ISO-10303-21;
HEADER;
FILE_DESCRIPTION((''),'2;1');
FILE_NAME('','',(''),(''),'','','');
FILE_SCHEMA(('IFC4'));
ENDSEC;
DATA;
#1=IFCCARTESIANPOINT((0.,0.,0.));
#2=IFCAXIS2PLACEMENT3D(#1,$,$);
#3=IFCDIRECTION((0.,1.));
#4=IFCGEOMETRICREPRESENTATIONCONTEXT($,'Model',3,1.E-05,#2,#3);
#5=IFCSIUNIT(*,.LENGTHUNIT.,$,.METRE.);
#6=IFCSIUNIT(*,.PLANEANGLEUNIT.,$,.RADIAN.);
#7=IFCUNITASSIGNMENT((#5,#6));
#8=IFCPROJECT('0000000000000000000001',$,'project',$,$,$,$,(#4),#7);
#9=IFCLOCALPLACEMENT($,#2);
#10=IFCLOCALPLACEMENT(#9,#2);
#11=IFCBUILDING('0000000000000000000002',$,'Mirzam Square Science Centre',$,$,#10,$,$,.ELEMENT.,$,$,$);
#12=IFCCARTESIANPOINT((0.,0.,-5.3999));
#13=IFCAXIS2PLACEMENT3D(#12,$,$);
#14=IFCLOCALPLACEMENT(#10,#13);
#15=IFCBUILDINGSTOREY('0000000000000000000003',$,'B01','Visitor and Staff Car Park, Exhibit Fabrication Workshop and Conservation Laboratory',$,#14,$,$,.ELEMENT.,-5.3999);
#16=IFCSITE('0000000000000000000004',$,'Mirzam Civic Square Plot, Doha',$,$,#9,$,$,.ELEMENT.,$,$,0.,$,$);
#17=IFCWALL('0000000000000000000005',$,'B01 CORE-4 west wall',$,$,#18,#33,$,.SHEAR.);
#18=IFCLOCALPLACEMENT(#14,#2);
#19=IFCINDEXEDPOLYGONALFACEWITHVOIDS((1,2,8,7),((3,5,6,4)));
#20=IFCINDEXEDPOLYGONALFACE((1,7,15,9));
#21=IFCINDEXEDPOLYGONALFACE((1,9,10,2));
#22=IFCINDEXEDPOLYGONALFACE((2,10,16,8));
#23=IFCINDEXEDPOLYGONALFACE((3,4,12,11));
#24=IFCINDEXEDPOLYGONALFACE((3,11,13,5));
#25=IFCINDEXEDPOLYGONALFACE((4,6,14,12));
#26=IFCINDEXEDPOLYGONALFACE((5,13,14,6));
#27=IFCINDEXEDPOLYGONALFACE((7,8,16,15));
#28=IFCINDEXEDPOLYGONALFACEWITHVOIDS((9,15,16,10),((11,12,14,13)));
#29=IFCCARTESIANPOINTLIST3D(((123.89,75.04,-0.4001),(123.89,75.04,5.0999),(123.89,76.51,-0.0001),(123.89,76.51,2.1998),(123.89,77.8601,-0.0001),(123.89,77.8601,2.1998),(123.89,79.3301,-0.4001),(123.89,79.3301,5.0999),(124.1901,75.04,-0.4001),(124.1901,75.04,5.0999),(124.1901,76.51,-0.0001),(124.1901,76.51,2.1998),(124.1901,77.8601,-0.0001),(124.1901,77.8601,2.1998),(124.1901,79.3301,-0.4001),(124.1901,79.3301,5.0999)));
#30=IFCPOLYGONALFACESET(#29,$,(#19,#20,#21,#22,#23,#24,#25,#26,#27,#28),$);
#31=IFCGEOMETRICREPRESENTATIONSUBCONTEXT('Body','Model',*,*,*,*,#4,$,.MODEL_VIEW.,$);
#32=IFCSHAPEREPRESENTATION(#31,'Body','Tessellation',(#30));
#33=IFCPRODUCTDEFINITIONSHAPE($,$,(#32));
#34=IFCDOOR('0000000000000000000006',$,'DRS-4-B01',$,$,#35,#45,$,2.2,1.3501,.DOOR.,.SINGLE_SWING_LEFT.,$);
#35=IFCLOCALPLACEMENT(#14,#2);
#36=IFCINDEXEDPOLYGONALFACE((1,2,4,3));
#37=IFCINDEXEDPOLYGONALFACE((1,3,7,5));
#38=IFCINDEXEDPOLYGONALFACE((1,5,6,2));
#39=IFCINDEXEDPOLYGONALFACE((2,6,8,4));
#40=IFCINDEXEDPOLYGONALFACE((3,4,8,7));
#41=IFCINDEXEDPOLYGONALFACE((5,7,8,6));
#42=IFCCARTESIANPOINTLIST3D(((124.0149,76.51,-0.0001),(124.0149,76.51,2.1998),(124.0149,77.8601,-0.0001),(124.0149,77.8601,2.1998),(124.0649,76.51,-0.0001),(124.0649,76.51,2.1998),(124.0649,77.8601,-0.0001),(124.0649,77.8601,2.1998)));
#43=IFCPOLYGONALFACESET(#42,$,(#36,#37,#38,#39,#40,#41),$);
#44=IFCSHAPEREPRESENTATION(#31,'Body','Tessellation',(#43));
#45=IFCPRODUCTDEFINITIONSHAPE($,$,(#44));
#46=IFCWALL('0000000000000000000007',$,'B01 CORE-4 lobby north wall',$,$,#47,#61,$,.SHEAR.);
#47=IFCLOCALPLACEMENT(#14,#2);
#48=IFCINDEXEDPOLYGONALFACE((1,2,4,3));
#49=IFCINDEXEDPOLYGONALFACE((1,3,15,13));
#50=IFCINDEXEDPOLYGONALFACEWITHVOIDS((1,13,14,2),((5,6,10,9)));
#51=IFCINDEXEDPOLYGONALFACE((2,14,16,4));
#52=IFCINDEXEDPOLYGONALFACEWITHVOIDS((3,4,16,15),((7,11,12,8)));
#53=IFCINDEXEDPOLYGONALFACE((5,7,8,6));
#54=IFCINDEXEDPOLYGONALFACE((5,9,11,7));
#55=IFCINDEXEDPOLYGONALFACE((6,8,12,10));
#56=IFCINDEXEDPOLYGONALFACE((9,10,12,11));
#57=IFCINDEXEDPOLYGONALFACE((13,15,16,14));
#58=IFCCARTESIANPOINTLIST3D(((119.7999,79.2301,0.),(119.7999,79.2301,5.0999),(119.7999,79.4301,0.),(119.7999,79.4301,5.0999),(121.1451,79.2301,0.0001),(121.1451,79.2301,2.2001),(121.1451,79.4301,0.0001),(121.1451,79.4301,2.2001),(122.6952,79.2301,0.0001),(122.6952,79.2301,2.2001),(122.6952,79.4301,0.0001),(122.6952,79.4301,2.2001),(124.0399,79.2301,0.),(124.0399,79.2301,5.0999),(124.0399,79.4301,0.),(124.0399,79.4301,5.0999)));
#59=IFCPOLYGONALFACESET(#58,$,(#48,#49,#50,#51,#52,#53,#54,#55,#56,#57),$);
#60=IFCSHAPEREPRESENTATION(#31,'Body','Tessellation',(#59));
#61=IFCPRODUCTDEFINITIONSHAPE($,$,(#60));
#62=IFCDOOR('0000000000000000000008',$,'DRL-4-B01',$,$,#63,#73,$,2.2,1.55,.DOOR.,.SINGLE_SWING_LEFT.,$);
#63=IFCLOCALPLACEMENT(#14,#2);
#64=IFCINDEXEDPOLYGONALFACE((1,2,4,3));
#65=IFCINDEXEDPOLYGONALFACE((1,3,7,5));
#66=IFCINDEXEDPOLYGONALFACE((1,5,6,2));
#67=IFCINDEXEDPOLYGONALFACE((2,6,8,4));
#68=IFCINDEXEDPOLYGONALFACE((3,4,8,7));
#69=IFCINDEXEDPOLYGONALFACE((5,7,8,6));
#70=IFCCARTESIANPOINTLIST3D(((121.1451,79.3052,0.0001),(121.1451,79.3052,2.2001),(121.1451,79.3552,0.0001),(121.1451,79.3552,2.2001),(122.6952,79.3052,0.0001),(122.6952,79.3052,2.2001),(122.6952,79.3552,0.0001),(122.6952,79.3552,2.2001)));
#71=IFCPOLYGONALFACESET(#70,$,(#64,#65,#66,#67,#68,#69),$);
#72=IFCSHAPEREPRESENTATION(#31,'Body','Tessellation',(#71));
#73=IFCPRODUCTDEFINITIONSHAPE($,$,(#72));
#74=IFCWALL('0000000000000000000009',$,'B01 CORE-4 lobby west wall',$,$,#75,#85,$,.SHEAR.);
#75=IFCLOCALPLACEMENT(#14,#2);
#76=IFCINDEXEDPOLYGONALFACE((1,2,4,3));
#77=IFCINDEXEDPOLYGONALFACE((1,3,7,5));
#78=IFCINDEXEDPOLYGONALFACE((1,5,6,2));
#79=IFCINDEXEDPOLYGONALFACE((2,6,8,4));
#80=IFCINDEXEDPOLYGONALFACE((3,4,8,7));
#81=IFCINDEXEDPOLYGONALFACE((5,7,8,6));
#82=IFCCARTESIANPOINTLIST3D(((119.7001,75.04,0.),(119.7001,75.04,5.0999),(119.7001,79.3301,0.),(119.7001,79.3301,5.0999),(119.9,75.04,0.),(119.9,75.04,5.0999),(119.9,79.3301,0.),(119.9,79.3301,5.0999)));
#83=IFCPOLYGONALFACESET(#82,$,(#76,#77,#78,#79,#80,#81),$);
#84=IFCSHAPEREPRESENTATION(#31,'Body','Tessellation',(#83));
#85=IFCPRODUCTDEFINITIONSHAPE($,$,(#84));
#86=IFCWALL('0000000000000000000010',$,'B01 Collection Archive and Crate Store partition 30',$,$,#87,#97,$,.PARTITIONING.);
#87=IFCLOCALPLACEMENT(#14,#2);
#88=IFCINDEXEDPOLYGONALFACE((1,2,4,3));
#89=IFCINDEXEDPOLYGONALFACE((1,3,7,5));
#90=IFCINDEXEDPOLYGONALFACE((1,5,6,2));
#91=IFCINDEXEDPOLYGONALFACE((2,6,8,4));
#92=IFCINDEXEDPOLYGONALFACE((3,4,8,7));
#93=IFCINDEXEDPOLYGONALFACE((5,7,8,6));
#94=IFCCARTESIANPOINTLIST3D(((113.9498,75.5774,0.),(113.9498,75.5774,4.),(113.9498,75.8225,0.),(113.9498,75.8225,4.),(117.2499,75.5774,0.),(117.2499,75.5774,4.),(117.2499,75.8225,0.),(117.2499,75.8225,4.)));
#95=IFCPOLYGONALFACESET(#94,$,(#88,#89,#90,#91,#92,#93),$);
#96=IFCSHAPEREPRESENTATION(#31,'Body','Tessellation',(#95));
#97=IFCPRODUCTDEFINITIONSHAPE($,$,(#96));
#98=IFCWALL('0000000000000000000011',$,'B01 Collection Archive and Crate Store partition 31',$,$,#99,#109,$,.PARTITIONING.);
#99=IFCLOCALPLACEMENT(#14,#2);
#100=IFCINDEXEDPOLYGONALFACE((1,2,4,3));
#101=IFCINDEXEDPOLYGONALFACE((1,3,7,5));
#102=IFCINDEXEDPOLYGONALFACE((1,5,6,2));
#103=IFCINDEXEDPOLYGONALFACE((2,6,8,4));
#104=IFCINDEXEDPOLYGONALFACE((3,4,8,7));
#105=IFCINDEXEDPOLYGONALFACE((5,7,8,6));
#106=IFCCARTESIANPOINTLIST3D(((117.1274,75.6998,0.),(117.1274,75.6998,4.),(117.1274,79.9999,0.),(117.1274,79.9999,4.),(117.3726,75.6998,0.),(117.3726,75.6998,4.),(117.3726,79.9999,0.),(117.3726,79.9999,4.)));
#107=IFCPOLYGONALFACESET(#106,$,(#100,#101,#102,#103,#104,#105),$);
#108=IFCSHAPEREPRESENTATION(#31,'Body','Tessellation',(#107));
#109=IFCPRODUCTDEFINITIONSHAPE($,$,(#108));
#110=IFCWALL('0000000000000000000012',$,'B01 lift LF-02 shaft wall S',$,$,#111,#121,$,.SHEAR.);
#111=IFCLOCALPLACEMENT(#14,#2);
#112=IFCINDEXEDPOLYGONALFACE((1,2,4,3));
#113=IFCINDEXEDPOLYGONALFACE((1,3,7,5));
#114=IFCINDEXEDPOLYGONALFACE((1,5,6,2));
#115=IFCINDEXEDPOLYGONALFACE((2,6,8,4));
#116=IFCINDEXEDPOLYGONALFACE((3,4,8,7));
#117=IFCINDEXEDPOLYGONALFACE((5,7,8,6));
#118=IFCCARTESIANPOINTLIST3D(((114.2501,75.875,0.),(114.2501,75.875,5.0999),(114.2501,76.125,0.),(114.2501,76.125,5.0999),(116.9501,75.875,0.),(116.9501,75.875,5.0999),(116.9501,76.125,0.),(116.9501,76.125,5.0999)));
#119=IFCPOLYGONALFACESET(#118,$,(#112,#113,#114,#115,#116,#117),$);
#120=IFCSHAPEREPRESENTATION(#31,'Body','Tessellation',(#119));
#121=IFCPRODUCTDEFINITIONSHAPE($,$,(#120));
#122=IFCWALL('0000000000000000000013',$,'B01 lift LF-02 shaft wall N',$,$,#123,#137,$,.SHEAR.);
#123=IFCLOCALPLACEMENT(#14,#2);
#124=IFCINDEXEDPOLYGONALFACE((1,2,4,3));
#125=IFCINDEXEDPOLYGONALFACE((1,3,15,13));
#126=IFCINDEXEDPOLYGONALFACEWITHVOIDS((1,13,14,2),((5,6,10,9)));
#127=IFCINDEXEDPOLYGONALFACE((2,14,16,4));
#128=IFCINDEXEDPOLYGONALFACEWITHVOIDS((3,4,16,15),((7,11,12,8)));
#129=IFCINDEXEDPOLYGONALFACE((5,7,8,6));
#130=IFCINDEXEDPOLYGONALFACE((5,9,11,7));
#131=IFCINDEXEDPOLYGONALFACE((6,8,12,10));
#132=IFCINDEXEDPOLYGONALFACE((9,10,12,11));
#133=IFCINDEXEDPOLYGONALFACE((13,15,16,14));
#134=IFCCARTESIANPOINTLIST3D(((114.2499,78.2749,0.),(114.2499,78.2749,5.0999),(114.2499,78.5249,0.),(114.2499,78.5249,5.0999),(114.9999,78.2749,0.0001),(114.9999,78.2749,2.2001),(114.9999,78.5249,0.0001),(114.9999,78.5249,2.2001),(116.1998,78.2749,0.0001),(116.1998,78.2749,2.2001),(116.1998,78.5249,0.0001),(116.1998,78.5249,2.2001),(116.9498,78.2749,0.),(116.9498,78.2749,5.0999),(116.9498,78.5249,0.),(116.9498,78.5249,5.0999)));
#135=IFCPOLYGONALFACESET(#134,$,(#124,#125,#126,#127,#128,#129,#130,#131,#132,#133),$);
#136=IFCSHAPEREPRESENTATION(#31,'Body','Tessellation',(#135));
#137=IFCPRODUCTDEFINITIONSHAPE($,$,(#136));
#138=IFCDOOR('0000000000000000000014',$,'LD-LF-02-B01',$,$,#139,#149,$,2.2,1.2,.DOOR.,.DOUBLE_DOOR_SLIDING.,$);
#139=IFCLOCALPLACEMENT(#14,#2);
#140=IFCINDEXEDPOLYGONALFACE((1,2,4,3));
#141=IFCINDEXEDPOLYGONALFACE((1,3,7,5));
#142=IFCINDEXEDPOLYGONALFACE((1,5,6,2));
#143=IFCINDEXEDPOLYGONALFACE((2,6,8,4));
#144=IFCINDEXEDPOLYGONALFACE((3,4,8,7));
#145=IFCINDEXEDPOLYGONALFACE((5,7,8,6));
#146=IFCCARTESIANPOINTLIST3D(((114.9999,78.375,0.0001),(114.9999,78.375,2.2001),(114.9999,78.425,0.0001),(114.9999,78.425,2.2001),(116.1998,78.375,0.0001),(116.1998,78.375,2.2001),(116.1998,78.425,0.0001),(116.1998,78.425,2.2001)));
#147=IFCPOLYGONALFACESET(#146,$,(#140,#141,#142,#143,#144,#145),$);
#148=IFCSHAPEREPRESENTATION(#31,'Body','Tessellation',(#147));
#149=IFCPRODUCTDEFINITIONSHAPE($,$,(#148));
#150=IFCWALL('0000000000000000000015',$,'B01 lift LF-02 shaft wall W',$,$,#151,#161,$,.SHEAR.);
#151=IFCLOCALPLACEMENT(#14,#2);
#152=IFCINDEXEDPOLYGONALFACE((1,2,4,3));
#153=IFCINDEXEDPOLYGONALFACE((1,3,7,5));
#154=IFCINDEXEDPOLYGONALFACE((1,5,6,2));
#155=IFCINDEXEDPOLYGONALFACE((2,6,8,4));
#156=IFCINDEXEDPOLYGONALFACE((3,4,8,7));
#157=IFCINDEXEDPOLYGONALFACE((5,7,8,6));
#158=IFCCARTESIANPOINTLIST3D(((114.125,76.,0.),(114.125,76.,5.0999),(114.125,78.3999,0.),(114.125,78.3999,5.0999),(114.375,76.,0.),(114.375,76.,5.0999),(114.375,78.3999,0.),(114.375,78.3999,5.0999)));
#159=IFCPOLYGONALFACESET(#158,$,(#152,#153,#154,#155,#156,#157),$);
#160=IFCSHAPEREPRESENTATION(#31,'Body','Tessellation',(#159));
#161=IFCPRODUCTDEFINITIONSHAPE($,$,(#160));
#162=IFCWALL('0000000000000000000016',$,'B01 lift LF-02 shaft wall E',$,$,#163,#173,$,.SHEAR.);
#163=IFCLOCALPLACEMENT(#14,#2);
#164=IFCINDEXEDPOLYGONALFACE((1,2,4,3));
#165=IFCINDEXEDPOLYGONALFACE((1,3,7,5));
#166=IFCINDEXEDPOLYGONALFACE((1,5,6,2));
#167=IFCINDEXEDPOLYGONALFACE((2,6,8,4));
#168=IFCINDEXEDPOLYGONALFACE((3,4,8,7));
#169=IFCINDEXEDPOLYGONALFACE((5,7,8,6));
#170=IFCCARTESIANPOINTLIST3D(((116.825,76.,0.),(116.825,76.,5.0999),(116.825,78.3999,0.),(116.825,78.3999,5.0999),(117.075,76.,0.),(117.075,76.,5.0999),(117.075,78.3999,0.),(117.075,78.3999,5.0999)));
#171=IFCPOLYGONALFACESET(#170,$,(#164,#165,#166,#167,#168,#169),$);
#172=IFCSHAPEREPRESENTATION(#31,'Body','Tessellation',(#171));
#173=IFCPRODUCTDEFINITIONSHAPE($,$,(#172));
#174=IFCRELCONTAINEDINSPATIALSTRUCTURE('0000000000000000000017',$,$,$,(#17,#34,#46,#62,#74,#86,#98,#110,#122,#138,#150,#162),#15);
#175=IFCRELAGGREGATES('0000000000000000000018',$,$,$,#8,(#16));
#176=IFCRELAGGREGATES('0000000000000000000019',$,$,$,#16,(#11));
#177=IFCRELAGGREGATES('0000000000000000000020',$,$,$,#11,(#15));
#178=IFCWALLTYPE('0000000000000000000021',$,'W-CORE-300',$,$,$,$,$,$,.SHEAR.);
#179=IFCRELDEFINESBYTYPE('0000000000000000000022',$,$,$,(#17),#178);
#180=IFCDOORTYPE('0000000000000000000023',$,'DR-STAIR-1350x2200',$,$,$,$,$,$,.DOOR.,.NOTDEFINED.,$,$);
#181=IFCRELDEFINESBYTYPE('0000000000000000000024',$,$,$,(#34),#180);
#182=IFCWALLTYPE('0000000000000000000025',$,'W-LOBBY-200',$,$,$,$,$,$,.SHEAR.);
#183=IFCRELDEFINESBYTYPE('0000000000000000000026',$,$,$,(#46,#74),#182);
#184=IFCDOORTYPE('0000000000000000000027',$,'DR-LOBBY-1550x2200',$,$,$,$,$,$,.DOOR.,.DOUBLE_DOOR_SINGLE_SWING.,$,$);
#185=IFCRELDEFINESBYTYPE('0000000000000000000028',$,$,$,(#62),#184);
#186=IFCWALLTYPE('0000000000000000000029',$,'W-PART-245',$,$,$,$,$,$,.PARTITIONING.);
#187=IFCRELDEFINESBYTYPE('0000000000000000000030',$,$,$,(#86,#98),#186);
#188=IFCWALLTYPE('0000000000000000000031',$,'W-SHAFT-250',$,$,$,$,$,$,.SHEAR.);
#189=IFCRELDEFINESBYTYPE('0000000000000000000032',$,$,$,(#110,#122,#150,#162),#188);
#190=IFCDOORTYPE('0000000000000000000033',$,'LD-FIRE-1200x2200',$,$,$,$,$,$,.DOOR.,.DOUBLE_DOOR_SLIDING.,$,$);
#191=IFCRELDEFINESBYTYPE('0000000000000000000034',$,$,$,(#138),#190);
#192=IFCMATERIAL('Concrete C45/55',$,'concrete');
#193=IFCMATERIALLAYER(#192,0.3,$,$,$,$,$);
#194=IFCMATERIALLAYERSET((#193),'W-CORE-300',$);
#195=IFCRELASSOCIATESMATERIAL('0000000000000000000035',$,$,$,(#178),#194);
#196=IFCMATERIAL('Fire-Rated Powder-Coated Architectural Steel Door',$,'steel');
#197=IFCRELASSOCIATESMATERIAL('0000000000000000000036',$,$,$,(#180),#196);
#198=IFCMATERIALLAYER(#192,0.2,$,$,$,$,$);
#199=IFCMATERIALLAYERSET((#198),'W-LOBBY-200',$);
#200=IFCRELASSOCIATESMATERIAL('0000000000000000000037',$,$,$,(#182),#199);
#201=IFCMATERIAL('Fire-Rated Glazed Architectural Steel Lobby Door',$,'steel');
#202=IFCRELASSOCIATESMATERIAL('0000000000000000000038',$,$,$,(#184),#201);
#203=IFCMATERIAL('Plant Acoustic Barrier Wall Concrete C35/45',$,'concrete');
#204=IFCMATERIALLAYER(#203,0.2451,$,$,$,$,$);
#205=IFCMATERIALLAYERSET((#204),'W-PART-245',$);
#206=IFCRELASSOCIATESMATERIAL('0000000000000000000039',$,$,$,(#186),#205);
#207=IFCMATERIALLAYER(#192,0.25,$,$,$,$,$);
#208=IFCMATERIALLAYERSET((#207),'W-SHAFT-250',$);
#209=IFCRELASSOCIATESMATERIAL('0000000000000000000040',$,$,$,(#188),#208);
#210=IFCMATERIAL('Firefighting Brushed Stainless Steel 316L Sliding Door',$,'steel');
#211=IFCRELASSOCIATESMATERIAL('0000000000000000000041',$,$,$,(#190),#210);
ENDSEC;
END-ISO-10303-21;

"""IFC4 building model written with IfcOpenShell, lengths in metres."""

from ifc_helpers import new_model, si_unit, direction, frame, frame_2d, origin, place, context, subcontext, project, spatial, rectangle, extrude, material, layer, layer_set, type_object, element, fill, save


model = new_model("IFC4")

# Units and contexts
model_context = context("Model", 3, precision=1e-05, world=origin(), true_north=direction((0.0, 1.0)))
body_context = subcontext(model_context, "Body", "Model", "MODEL_VIEW")
ifc_project = project(units=[si_unit("LENGTHUNIT", "METRE"), si_unit("PLANEANGLEUNIT", "RADIAN")], contexts=[model_context])

# Site, building, storey
site_placement = place(None, origin())
site = spatial("IfcSite", under=ifc_project, at=site_placement, Name="Mirzam Civic Square Plot, Doha", CompositionType="ELEMENT", RefElevation=0.0)
building_placement = place(site_placement, origin())
building = spatial("IfcBuilding", under=site, at=building_placement, Name="Mirzam Square Science Centre", CompositionType="ELEMENT")
storey_placement = place(building_placement, frame((0.0, 0.0, -5.3999)))
storey = spatial("IfcBuildingStorey", under=building, at=storey_placement, Name="B01", Description="Visitor and Staff Car Park, Exhibit Fabrication Workshop and Conservation Laboratory", CompositionType="ELEMENT", Elevation=-5.3999)

# Shared definitions
ifc_material_1 = material(Name="Concrete C45/55", Category="concrete")

# Walls, openings, doors
ifc_layer_1 = layer(ifc_material_1, 0.3)
ifc_layer_set_1 = layer_set([ifc_layer_1], Name="W-CORE-300")
wall_type_1 = type_object("IfcWallType", Name="W-CORE-300", PredefinedType="SHEAR", material=ifc_layer_set_1)
wall_1_placement = place(storey_placement, frame((124.04, 79.3301, -0.4001), z_axis=(0.0, 0.0, 1.0), x_axis=(0.0, -1.0, 0.0)))
wall_1 = element("IfcWall", 1, at=wall_1_placement, inside=storey, type_object=wall_type_1, Name="B01 CORE-4 west wall", PredefinedType="SHEAR", context=body_context, shape_type="SweptSolid", body=[
    extrude(rectangle(XDim=4.29, YDim=0.3, at=frame_2d((2.145, 0.0))), origin(), (0.0, 0.0, 1.0), 5.5),
])
opening_1_placement = place(wall_1_placement, frame((1.47, 0.0, 0.3999)))
opening_1 = element("IfcOpeningElement", 2, at=opening_1_placement, cuts=wall_1, PredefinedType="OPENING", context=body_context, shape_type="SweptSolid", body=[
    extrude(rectangle(XDim=1.3501, YDim=2.2, at=frame_2d((0.675, 1.1001))), frame((0.0, 0.1599, 0.0), z_axis=(0.0, -1.0, 0.0), x_axis=(1.0, 0.0, 0.0)), (0.0, 0.0, 1.0), 0.3201),
])
ifc_material_2 = material(Name="Fire-Rated Powder-Coated Architectural Steel Door", Category="steel")
door_type_1 = type_object("IfcDoorType", Name="DR-STAIR-1350x2200", OperationType="NOTDEFINED", PredefinedType="DOOR", material=ifc_material_2)
door_1_placement = place(opening_1_placement, origin())
door_1 = element("IfcDoor", 3, at=door_1_placement, inside=storey, type_object=door_type_1, Name="DRS-4-B01", OperationType="SINGLE_SWING_LEFT", OverallHeight=2.2, OverallWidth=1.3501, PredefinedType="DOOR", context=body_context, shape_type="SweptSolid", body=[
    extrude(rectangle(XDim=1.3501, YDim=2.2, at=frame_2d((0.675, 1.1001))), frame((0.0, 0.0249, 0.0), z_axis=(0.0, -1.0, 0.0), x_axis=(1.0, 0.0, 0.0)), (0.0, 0.0, 1.0), 0.05),
])
fill(opening_1, door_1)
ifc_layer_2 = layer(ifc_material_1, 0.2)
ifc_layer_set_2 = layer_set([ifc_layer_2], Name="W-LOBBY-200")
wall_type_2 = type_object("IfcWallType", Name="W-LOBBY-200", PredefinedType="SHEAR", material=ifc_layer_set_2)
wall_2_placement = place(storey_placement, frame((124.04, 79.3301, 0.0), z_axis=(0.0, 0.0, 1.0), x_axis=(-1.0, 0.0, 0.0)))
wall_2 = element("IfcWall", 4, at=wall_2_placement, inside=storey, type_object=wall_type_2, Name="B01 CORE-4 lobby north wall", PredefinedType="SHEAR", context=body_context, shape_type="SweptSolid", body=[
    extrude(rectangle(XDim=4.24, YDim=0.2, at=frame_2d((2.1201, 0.0))), origin(), (0.0, 0.0, 1.0), 5.0999),
])
opening_2_placement = place(wall_2_placement, frame((1.345, 0.0, 0.0)))
opening_2 = element("IfcOpeningElement", 5, at=opening_2_placement, cuts=wall_2, PredefinedType="OPENING", context=body_context, shape_type="SweptSolid", body=[
    extrude(rectangle(XDim=1.55, YDim=2.2, at=frame_2d((0.7749, 1.1001))), frame((0.0, 0.1099, 0.0), z_axis=(0.0, -1.0, 0.0), x_axis=(1.0, 0.0, 0.0)), (0.0, 0.0, 1.0), 0.22),
])
ifc_material_3 = material(Name="Fire-Rated Glazed Architectural Steel Lobby Door", Category="steel")
door_type_2 = type_object("IfcDoorType", Name="DR-LOBBY-1550x2200", OperationType="DOUBLE_DOOR_SINGLE_SWING", PredefinedType="DOOR", material=ifc_material_3)
door_2_placement = place(opening_2_placement, origin())
door_2 = element("IfcDoor", 6, at=door_2_placement, inside=storey, type_object=door_type_2, Name="DRL-4-B01", OperationType="SINGLE_SWING_LEFT", OverallHeight=2.2, OverallWidth=1.55, PredefinedType="DOOR", context=body_context, shape_type="SweptSolid", body=[
    extrude(rectangle(XDim=1.55, YDim=2.2, at=frame_2d((0.7749, 1.1001))), frame((0.0, 0.0249, 0.0), z_axis=(0.0, -1.0, 0.0), x_axis=(1.0, 0.0, 0.0)), (0.0, 0.0, 1.0), 0.05),
])
fill(opening_2, door_2)

# Walls
wall_3_placement = place(storey_placement, frame((119.8, 79.3301, 0.0), z_axis=(0.0, 0.0, 1.0), x_axis=(0.0, -1.0, 0.0)))
element("IfcWall", 7, at=wall_3_placement, inside=storey, type_object=wall_type_2, Name="B01 CORE-4 lobby west wall", PredefinedType="SHEAR", context=body_context, shape_type="SweptSolid", body=[
    extrude(rectangle(XDim=4.29, YDim=0.2, at=frame_2d((2.145, 0.0))), origin(), (0.0, 0.0, 1.0), 5.0999),
])
ifc_material_4 = material(Name="Plant Acoustic Barrier Wall Concrete C35/45", Category="concrete")
ifc_layer_3 = layer(ifc_material_4, 0.2451)
ifc_layer_set_3 = layer_set([ifc_layer_3], Name="W-PART-245")
wall_type_3 = type_object("IfcWallType", Name="W-PART-245", PredefinedType="PARTITIONING", material=ifc_layer_set_3)
wall_4_placement = place(storey_placement, frame((113.95, 75.7, 0.0), z_axis=(0.0, 0.0, 1.0), x_axis=(1.0, 0.0, 0.0)))
element("IfcWall", 8, at=wall_4_placement, inside=storey, type_object=wall_type_3, Name="B01 Collection Archive and Crate Store partition 30", PredefinedType="PARTITIONING", context=body_context, shape_type="SweptSolid", body=[
    extrude(rectangle(XDim=3.3, YDim=0.2451, at=frame_2d((1.6499, 0.0))), origin(), (0.0, 0.0, 1.0), 4.0),
])
wall_5_placement = place(storey_placement, frame((117.25, 75.7, 0.0), z_axis=(0.0, 0.0, 1.0), x_axis=(0.0, 1.0, 0.0)))
element("IfcWall", 9, at=wall_5_placement, inside=storey, type_object=wall_type_3, Name="B01 Collection Archive and Crate Store partition 31", PredefinedType="PARTITIONING", context=body_context, shape_type="SweptSolid", body=[
    extrude(rectangle(XDim=4.3, YDim=0.2451, at=frame_2d((2.1499, 0.0))), origin(), (0.0, 0.0, 1.0), 4.0),
])
ifc_layer_4 = layer(ifc_material_1, 0.25)
ifc_layer_set_4 = layer_set([ifc_layer_4], Name="W-SHAFT-250")
wall_type_4 = type_object("IfcWallType", Name="W-SHAFT-250", PredefinedType="SHEAR", material=ifc_layer_set_4)
wall_6_placement = place(storey_placement, frame((114.25, 76.0, 0.0), z_axis=(0.0, 0.0, 1.0), x_axis=(1.0, 0.0, 0.0)))
element("IfcWall", 10, at=wall_6_placement, inside=storey, type_object=wall_type_4, Name="B01 lift LF-02 shaft wall S", PredefinedType="SHEAR", context=body_context, shape_type="SweptSolid", body=[
    extrude(rectangle(XDim=2.7, YDim=0.25, at=frame_2d((1.3501, 0.0))), origin(), (0.0, 0.0, 1.0), 5.0999),
])

# Wall, opening, door
wall_7_placement = place(storey_placement, frame((116.95, 78.3999, 0.0), z_axis=(0.0, 0.0, 1.0), x_axis=(-1.0, 0.0, 0.0)))
wall_7 = element("IfcWall", 11, at=wall_7_placement, inside=storey, type_object=wall_type_4, Name="B01 lift LF-02 shaft wall N", PredefinedType="SHEAR", context=body_context, shape_type="SweptSolid", body=[
    extrude(rectangle(XDim=2.7, YDim=0.25, at=frame_2d((1.3501, 0.0))), origin(), (0.0, 0.0, 1.0), 5.0999),
])
opening_3_placement = place(wall_7_placement, frame((0.75, 0.0, 0.0)))
opening_3 = element("IfcOpeningElement", 12, at=opening_3_placement, cuts=wall_7, PredefinedType="OPENING", context=body_context, shape_type="SweptSolid", body=[
    extrude(rectangle(XDim=1.2, YDim=2.2, at=frame_2d((0.6001, 1.1001))), frame((0.0, 0.135, 0.0), z_axis=(0.0, -1.0, 0.0), x_axis=(1.0, 0.0, 0.0)), (0.0, 0.0, 1.0), 0.27),
])
ifc_material_5 = material(Name="Firefighting Brushed Stainless Steel 316L Sliding Door", Category="steel")
door_type_3 = type_object("IfcDoorType", Name="LD-FIRE-1200x2200", OperationType="DOUBLE_DOOR_SLIDING", PredefinedType="DOOR", material=ifc_material_5)
door_3_placement = place(opening_3_placement, origin())
door_3 = element("IfcDoor", 13, at=door_3_placement, inside=storey, type_object=door_type_3, Name="LD-LF-02-B01", OperationType="DOUBLE_DOOR_SLIDING", OverallHeight=2.2, OverallWidth=1.2, PredefinedType="DOOR", context=body_context, shape_type="SweptSolid", body=[
    extrude(rectangle(XDim=1.2, YDim=2.2, at=frame_2d((0.6001, 1.1001))), frame((0.0, 0.0249, 0.0), z_axis=(0.0, -1.0, 0.0), x_axis=(1.0, 0.0, 0.0)), (0.0, 0.0, 1.0), 0.05),
])
fill(opening_3, door_3)

# Walls
for number, where, z_axis, x_axis, name in (
    (14, (114.25, 78.3999, 0.0), (0.0, 0.0, 1.0), (0.0, -1.0, 0.0), "B01 lift LF-02 shaft wall W"),
    (15, (116.95, 76.0, 0.0), (0.0, 0.0, 1.0), (0.0, 1.0, 0.0), "B01 lift LF-02 shaft wall E"),
):
    element("IfcWall", number, at=place(storey_placement, frame(where, z_axis=z_axis, x_axis=x_axis)), inside=storey, type_object=wall_type_4, Name=name, PredefinedType="SHEAR", context=body_context, shape_type="SweptSolid", body=[
        extrude(rectangle(XDim=2.3999, YDim=0.25, at=frame_2d((1.2, 0.0))), origin(), (0.0, 0.0, 1.0), 5.0999),
    ])

save(model, "model.ifc")
